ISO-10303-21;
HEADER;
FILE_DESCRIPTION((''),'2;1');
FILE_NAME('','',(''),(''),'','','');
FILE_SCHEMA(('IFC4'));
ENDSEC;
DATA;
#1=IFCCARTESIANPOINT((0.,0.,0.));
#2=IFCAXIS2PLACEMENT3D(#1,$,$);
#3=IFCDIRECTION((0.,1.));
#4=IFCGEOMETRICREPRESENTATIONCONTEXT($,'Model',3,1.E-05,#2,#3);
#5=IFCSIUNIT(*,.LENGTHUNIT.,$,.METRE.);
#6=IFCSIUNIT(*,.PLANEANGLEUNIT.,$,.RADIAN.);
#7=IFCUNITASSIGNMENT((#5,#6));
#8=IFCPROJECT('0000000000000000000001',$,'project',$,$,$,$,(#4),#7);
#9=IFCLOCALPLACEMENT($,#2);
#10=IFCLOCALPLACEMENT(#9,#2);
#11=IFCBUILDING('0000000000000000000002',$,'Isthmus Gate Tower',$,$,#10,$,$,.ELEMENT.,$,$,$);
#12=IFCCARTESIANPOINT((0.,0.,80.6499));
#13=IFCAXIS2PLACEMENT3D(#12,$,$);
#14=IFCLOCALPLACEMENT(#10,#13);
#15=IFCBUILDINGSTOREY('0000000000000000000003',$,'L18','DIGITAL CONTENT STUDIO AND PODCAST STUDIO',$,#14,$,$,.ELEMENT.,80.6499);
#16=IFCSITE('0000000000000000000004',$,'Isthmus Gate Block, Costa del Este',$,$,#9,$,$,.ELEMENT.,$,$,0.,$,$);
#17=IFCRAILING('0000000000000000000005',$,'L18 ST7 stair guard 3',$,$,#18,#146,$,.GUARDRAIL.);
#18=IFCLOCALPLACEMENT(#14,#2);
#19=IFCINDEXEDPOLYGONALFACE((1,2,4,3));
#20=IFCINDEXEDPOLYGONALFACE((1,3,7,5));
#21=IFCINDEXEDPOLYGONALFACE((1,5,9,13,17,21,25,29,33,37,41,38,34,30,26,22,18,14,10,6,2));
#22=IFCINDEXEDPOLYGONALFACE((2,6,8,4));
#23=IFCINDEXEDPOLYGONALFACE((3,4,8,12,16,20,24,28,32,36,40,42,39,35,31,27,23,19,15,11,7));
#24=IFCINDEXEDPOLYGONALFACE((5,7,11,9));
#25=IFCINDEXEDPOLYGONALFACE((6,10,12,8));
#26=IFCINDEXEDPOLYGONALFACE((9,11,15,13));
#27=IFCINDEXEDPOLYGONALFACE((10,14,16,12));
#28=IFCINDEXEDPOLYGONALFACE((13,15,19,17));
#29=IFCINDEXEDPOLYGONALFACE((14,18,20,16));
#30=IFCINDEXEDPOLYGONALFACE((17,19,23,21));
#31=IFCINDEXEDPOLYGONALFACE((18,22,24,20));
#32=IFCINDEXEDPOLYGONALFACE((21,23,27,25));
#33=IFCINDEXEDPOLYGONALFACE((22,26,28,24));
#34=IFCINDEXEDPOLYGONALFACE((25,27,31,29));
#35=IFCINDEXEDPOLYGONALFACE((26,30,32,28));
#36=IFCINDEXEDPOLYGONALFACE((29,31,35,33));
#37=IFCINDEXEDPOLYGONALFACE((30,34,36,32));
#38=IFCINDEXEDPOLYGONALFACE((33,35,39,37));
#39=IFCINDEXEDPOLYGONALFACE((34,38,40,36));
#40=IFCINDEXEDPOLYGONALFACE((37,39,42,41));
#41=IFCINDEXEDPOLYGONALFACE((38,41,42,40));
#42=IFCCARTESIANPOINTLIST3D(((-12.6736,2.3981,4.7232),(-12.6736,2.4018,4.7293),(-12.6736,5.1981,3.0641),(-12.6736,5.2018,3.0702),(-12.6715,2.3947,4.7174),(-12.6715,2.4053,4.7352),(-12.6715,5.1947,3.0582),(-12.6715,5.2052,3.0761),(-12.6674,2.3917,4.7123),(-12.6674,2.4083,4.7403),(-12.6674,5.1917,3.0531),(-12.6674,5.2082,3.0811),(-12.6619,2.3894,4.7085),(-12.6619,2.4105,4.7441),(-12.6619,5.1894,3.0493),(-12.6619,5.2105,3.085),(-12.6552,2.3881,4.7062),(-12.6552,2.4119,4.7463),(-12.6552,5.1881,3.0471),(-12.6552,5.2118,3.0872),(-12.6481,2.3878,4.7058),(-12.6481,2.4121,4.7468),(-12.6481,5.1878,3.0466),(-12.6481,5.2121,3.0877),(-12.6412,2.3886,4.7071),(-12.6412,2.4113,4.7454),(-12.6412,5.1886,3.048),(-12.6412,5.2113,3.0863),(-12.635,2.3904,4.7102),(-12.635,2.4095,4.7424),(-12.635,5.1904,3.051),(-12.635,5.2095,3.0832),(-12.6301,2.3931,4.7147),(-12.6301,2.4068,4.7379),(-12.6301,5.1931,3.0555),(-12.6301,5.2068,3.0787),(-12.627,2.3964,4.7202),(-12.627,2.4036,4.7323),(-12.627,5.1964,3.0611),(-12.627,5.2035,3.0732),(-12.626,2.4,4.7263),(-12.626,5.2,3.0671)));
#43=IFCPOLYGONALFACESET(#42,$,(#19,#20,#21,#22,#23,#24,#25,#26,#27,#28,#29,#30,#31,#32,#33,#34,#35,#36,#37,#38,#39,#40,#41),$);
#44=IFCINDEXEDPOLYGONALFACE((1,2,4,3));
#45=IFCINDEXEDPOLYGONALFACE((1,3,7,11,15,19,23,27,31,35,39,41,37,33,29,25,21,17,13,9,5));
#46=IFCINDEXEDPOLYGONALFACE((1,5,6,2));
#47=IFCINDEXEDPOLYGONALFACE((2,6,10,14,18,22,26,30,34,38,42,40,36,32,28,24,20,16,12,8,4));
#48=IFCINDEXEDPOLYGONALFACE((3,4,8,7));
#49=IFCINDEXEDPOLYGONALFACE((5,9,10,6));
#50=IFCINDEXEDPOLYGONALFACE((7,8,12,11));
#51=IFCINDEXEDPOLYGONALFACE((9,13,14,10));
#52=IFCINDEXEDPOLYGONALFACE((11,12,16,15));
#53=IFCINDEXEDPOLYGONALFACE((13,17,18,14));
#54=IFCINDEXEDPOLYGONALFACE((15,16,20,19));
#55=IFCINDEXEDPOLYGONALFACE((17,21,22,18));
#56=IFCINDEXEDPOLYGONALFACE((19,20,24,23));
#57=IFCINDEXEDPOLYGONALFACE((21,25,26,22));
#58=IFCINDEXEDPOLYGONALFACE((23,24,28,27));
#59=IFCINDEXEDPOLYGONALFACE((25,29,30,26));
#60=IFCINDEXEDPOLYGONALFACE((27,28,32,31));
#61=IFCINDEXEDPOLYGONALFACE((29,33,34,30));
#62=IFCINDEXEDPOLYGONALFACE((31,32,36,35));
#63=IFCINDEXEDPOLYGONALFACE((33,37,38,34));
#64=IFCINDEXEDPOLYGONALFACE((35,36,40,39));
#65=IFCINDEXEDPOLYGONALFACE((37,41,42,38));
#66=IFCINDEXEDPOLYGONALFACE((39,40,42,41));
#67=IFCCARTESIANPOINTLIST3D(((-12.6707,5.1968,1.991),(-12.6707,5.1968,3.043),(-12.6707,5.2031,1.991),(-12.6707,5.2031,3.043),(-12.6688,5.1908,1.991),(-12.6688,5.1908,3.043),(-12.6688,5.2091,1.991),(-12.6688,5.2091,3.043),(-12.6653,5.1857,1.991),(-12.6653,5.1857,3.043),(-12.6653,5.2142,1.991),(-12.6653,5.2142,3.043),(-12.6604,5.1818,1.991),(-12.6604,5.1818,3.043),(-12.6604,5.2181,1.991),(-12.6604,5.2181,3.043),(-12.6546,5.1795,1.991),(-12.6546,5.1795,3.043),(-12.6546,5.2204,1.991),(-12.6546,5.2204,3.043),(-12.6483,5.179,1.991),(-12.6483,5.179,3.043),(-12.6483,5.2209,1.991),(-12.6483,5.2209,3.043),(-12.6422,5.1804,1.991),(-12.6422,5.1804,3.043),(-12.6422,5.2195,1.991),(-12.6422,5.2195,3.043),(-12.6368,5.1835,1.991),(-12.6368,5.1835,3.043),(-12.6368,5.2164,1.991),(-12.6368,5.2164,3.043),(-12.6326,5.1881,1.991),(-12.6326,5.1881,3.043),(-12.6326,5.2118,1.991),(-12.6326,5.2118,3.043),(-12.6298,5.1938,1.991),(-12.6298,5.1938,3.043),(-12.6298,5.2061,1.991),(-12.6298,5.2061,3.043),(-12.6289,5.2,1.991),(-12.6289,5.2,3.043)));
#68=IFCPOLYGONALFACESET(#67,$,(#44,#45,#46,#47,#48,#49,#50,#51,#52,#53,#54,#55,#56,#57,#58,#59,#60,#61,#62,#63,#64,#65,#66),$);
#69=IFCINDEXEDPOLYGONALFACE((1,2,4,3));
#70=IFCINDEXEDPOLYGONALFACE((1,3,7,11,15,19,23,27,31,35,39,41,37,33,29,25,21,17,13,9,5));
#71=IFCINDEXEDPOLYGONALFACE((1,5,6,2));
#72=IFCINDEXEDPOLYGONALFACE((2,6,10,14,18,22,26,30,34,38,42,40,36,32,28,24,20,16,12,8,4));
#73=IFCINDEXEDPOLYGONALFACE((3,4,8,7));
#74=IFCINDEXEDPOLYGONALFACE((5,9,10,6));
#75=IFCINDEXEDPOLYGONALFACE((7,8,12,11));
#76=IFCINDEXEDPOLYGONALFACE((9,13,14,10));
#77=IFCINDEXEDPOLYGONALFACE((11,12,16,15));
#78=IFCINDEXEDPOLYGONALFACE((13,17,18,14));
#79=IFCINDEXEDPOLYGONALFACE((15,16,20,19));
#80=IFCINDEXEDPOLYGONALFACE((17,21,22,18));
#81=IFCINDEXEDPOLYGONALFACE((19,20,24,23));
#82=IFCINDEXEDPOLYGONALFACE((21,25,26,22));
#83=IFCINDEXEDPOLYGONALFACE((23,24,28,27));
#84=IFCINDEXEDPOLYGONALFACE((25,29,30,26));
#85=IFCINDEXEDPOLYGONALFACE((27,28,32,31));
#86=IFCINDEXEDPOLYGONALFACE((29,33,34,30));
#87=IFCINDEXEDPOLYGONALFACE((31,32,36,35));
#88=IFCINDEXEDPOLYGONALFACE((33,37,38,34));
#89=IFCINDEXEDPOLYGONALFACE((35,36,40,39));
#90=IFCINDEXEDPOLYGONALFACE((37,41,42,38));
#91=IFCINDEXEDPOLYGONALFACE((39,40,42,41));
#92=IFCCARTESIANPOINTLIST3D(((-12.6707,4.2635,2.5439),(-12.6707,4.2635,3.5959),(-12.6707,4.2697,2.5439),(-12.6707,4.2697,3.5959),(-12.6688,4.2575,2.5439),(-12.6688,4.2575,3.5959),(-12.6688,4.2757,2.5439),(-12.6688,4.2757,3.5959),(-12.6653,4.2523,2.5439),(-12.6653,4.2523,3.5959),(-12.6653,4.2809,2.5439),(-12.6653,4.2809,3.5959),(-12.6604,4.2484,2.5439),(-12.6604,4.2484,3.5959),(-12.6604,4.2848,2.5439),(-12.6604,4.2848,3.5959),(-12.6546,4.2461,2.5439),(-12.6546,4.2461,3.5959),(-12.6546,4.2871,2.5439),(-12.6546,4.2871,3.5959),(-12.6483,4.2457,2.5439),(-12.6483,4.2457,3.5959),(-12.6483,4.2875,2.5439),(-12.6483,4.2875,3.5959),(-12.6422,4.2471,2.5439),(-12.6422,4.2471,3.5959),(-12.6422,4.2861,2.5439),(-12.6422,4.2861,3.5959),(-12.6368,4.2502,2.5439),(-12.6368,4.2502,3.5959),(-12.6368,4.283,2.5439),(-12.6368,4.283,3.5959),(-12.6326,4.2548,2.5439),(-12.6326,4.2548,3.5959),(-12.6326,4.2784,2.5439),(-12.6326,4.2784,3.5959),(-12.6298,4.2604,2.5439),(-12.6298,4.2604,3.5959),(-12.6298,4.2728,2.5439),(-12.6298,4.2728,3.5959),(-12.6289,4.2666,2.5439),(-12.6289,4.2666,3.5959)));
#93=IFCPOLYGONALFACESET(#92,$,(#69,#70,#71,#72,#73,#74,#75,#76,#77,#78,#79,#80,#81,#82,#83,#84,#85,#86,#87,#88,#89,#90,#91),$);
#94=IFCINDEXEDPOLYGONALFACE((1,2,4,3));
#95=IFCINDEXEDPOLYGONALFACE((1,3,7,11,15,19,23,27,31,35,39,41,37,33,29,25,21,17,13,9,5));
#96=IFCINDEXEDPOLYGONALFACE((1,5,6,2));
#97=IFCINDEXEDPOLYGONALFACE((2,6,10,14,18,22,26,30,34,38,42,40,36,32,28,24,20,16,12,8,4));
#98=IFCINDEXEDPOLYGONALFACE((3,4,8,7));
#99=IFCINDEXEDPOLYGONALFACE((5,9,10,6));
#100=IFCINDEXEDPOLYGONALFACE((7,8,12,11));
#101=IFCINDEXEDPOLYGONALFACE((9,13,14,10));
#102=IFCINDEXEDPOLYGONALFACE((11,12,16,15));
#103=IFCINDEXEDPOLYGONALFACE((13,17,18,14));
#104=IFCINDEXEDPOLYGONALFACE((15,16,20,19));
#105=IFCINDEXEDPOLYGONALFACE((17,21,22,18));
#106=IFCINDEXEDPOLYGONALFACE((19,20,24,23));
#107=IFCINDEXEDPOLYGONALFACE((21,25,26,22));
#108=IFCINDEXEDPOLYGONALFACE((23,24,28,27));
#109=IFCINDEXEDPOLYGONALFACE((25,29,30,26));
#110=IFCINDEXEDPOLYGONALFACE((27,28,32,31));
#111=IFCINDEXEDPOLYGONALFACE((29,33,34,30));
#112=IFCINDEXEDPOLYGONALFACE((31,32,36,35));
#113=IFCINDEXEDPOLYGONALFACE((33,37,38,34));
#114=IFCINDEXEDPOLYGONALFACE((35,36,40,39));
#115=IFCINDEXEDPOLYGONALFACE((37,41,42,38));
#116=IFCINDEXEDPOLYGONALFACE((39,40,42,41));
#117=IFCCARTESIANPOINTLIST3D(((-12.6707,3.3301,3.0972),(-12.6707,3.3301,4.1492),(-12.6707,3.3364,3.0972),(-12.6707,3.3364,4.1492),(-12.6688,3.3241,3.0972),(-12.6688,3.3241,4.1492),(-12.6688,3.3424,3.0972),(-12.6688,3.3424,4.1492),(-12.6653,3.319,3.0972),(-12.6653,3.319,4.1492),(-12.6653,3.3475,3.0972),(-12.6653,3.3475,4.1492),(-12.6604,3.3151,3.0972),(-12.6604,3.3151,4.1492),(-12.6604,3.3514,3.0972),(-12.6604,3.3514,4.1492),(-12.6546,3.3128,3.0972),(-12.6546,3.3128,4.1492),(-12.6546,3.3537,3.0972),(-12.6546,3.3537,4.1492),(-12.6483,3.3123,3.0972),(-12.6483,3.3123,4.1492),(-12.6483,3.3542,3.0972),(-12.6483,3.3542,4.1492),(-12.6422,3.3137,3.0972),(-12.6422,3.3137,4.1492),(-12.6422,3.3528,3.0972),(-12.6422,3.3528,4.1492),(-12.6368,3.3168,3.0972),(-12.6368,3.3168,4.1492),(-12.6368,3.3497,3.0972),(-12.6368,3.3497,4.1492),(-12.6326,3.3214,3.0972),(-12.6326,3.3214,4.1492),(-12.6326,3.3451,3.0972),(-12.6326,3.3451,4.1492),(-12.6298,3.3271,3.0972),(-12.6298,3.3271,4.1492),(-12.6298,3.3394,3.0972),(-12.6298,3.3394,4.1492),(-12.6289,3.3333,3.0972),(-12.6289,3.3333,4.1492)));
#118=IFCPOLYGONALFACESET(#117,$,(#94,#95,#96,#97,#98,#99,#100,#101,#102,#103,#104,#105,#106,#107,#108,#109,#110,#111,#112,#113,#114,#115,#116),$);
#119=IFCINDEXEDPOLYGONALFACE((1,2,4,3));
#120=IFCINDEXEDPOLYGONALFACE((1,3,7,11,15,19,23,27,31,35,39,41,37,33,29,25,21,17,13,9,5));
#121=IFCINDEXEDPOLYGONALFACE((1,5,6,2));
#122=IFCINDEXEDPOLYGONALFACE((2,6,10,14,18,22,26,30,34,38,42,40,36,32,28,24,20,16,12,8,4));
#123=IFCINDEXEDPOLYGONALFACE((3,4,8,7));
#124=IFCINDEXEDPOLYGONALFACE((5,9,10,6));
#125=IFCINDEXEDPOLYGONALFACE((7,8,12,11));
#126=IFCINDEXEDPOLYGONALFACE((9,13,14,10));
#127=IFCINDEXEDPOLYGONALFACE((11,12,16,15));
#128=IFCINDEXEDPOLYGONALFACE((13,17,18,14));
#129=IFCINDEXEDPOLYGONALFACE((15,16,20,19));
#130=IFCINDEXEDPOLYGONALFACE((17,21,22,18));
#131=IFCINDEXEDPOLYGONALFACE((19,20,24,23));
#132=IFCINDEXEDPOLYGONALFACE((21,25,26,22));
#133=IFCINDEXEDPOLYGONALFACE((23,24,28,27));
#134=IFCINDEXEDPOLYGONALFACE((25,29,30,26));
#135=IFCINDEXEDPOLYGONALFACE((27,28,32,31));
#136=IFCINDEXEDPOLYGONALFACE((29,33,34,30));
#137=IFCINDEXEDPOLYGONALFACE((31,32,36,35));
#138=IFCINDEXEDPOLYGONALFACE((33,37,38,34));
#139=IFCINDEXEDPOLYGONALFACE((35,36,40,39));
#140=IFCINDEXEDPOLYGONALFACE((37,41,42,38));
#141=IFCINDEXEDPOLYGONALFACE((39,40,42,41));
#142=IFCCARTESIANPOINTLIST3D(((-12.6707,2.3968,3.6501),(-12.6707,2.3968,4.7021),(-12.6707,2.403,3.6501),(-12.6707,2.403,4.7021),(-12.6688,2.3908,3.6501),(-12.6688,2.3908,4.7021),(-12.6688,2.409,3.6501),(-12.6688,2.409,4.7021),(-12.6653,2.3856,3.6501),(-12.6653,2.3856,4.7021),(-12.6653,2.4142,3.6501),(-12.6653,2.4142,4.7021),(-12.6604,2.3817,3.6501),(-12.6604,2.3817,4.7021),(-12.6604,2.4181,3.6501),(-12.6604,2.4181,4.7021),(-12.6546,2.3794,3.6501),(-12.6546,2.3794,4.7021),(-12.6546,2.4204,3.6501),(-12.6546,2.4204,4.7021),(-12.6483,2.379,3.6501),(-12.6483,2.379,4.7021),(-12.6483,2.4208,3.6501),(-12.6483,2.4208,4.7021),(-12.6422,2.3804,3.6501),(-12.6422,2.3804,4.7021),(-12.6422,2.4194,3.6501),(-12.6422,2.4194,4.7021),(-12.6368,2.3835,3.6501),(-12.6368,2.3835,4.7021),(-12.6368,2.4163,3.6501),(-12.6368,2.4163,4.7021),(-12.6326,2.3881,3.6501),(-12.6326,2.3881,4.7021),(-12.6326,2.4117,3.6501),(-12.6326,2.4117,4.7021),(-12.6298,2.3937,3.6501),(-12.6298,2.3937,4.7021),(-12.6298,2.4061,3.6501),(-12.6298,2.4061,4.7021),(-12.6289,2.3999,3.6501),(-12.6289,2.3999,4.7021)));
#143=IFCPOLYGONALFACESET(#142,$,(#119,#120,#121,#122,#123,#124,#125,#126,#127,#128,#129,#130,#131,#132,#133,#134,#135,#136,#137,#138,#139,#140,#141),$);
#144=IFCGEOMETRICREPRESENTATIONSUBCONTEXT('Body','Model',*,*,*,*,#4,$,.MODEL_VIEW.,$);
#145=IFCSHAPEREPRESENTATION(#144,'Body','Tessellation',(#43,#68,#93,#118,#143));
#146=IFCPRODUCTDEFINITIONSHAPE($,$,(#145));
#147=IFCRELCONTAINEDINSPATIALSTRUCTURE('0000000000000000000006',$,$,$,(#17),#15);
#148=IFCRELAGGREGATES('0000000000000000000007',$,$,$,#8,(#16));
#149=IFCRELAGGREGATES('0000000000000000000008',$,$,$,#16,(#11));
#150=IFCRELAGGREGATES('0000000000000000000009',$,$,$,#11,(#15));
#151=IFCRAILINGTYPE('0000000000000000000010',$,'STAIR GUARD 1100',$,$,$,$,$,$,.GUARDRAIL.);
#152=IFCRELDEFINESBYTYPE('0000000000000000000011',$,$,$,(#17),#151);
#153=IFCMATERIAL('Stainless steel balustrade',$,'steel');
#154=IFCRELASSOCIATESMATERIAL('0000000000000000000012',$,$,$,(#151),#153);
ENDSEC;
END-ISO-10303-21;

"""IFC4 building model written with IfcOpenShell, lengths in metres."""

from ifc_helpers import new_model, si_unit, direction, frame, origin, origin_2d, place, context, subcontext, project, spatial, circle, extrude, material, type_object, element, save


model = new_model("IFC4")

# Units and contexts
model_context = context("Model", 3, precision=1e-05, world=origin(), true_north=direction((0.0, 1.0)))
body_context = subcontext(model_context, "Body", "Model", "MODEL_VIEW")
ifc_project = project(units=[si_unit("LENGTHUNIT", "METRE"), si_unit("PLANEANGLEUNIT", "RADIAN")], contexts=[model_context])

# Site, building, storey
site_placement = place(None, origin())
site = spatial("IfcSite", under=ifc_project, at=site_placement, Name="Isthmus Gate Block, Costa del Este", CompositionType="ELEMENT", RefElevation=0.0)
building_placement = place(site_placement, origin())
building = spatial("IfcBuilding", under=site, at=building_placement, Name="Isthmus Gate Tower", CompositionType="ELEMENT")
storey_placement = place(building_placement, frame((0.0, 0.0, 80.6499)))
storey = spatial("IfcBuildingStorey", under=building, at=storey_placement, Name="L18", Description="DIGITAL CONTENT STUDIO AND PODCAST STUDIO", CompositionType="ELEMENT", Elevation=80.6499)

# Railing
ifc_material_1 = material(Name="Stainless steel balustrade", Category="steel")
railing_type_1 = type_object("IfcRailingType", Name="STAIR GUARD 1100", PredefinedType="GUARDRAIL", material=ifc_material_1)
railing_1_placement = place(storey_placement, frame((-12.6499, 5.2, 1.991)))
element("IfcRailing", 1, at=railing_1_placement, inside=storey, type_object=railing_type_1, Name="L18 ST7 stair guard 3", PredefinedType="GUARDRAIL", context=body_context, shape_type="SweptSolid", body=[
    extrude(circle(Radius=0.0239, at=origin_2d()), frame((0.0, 0.0, 1.0762), z_axis=(0.0, -0.860306, 0.509778), x_axis=(1.0, 0.0, 0.0)), (0.0, 0.0, 1.0), 3.2546),
    extrude(circle(Radius=0.021, at=origin_2d()), origin(), (0.0, 0.0, 1.0), 1.052),
    extrude(circle(Radius=0.021, at=origin_2d()), frame((0.0, -0.9333, 0.553)), (0.0, 0.0, 1.0), 1.052),
    extrude(circle(Radius=0.021, at=origin_2d()), frame((0.0, -1.8667, 1.1062)), (0.0, 0.0, 1.0), 1.052),
    extrude(circle(Radius=0.021, at=origin_2d()), frame((0.0, -2.8, 1.6592)), (0.0, 0.0, 1.0), 1.052),
])

save(model, "model.ifc")
